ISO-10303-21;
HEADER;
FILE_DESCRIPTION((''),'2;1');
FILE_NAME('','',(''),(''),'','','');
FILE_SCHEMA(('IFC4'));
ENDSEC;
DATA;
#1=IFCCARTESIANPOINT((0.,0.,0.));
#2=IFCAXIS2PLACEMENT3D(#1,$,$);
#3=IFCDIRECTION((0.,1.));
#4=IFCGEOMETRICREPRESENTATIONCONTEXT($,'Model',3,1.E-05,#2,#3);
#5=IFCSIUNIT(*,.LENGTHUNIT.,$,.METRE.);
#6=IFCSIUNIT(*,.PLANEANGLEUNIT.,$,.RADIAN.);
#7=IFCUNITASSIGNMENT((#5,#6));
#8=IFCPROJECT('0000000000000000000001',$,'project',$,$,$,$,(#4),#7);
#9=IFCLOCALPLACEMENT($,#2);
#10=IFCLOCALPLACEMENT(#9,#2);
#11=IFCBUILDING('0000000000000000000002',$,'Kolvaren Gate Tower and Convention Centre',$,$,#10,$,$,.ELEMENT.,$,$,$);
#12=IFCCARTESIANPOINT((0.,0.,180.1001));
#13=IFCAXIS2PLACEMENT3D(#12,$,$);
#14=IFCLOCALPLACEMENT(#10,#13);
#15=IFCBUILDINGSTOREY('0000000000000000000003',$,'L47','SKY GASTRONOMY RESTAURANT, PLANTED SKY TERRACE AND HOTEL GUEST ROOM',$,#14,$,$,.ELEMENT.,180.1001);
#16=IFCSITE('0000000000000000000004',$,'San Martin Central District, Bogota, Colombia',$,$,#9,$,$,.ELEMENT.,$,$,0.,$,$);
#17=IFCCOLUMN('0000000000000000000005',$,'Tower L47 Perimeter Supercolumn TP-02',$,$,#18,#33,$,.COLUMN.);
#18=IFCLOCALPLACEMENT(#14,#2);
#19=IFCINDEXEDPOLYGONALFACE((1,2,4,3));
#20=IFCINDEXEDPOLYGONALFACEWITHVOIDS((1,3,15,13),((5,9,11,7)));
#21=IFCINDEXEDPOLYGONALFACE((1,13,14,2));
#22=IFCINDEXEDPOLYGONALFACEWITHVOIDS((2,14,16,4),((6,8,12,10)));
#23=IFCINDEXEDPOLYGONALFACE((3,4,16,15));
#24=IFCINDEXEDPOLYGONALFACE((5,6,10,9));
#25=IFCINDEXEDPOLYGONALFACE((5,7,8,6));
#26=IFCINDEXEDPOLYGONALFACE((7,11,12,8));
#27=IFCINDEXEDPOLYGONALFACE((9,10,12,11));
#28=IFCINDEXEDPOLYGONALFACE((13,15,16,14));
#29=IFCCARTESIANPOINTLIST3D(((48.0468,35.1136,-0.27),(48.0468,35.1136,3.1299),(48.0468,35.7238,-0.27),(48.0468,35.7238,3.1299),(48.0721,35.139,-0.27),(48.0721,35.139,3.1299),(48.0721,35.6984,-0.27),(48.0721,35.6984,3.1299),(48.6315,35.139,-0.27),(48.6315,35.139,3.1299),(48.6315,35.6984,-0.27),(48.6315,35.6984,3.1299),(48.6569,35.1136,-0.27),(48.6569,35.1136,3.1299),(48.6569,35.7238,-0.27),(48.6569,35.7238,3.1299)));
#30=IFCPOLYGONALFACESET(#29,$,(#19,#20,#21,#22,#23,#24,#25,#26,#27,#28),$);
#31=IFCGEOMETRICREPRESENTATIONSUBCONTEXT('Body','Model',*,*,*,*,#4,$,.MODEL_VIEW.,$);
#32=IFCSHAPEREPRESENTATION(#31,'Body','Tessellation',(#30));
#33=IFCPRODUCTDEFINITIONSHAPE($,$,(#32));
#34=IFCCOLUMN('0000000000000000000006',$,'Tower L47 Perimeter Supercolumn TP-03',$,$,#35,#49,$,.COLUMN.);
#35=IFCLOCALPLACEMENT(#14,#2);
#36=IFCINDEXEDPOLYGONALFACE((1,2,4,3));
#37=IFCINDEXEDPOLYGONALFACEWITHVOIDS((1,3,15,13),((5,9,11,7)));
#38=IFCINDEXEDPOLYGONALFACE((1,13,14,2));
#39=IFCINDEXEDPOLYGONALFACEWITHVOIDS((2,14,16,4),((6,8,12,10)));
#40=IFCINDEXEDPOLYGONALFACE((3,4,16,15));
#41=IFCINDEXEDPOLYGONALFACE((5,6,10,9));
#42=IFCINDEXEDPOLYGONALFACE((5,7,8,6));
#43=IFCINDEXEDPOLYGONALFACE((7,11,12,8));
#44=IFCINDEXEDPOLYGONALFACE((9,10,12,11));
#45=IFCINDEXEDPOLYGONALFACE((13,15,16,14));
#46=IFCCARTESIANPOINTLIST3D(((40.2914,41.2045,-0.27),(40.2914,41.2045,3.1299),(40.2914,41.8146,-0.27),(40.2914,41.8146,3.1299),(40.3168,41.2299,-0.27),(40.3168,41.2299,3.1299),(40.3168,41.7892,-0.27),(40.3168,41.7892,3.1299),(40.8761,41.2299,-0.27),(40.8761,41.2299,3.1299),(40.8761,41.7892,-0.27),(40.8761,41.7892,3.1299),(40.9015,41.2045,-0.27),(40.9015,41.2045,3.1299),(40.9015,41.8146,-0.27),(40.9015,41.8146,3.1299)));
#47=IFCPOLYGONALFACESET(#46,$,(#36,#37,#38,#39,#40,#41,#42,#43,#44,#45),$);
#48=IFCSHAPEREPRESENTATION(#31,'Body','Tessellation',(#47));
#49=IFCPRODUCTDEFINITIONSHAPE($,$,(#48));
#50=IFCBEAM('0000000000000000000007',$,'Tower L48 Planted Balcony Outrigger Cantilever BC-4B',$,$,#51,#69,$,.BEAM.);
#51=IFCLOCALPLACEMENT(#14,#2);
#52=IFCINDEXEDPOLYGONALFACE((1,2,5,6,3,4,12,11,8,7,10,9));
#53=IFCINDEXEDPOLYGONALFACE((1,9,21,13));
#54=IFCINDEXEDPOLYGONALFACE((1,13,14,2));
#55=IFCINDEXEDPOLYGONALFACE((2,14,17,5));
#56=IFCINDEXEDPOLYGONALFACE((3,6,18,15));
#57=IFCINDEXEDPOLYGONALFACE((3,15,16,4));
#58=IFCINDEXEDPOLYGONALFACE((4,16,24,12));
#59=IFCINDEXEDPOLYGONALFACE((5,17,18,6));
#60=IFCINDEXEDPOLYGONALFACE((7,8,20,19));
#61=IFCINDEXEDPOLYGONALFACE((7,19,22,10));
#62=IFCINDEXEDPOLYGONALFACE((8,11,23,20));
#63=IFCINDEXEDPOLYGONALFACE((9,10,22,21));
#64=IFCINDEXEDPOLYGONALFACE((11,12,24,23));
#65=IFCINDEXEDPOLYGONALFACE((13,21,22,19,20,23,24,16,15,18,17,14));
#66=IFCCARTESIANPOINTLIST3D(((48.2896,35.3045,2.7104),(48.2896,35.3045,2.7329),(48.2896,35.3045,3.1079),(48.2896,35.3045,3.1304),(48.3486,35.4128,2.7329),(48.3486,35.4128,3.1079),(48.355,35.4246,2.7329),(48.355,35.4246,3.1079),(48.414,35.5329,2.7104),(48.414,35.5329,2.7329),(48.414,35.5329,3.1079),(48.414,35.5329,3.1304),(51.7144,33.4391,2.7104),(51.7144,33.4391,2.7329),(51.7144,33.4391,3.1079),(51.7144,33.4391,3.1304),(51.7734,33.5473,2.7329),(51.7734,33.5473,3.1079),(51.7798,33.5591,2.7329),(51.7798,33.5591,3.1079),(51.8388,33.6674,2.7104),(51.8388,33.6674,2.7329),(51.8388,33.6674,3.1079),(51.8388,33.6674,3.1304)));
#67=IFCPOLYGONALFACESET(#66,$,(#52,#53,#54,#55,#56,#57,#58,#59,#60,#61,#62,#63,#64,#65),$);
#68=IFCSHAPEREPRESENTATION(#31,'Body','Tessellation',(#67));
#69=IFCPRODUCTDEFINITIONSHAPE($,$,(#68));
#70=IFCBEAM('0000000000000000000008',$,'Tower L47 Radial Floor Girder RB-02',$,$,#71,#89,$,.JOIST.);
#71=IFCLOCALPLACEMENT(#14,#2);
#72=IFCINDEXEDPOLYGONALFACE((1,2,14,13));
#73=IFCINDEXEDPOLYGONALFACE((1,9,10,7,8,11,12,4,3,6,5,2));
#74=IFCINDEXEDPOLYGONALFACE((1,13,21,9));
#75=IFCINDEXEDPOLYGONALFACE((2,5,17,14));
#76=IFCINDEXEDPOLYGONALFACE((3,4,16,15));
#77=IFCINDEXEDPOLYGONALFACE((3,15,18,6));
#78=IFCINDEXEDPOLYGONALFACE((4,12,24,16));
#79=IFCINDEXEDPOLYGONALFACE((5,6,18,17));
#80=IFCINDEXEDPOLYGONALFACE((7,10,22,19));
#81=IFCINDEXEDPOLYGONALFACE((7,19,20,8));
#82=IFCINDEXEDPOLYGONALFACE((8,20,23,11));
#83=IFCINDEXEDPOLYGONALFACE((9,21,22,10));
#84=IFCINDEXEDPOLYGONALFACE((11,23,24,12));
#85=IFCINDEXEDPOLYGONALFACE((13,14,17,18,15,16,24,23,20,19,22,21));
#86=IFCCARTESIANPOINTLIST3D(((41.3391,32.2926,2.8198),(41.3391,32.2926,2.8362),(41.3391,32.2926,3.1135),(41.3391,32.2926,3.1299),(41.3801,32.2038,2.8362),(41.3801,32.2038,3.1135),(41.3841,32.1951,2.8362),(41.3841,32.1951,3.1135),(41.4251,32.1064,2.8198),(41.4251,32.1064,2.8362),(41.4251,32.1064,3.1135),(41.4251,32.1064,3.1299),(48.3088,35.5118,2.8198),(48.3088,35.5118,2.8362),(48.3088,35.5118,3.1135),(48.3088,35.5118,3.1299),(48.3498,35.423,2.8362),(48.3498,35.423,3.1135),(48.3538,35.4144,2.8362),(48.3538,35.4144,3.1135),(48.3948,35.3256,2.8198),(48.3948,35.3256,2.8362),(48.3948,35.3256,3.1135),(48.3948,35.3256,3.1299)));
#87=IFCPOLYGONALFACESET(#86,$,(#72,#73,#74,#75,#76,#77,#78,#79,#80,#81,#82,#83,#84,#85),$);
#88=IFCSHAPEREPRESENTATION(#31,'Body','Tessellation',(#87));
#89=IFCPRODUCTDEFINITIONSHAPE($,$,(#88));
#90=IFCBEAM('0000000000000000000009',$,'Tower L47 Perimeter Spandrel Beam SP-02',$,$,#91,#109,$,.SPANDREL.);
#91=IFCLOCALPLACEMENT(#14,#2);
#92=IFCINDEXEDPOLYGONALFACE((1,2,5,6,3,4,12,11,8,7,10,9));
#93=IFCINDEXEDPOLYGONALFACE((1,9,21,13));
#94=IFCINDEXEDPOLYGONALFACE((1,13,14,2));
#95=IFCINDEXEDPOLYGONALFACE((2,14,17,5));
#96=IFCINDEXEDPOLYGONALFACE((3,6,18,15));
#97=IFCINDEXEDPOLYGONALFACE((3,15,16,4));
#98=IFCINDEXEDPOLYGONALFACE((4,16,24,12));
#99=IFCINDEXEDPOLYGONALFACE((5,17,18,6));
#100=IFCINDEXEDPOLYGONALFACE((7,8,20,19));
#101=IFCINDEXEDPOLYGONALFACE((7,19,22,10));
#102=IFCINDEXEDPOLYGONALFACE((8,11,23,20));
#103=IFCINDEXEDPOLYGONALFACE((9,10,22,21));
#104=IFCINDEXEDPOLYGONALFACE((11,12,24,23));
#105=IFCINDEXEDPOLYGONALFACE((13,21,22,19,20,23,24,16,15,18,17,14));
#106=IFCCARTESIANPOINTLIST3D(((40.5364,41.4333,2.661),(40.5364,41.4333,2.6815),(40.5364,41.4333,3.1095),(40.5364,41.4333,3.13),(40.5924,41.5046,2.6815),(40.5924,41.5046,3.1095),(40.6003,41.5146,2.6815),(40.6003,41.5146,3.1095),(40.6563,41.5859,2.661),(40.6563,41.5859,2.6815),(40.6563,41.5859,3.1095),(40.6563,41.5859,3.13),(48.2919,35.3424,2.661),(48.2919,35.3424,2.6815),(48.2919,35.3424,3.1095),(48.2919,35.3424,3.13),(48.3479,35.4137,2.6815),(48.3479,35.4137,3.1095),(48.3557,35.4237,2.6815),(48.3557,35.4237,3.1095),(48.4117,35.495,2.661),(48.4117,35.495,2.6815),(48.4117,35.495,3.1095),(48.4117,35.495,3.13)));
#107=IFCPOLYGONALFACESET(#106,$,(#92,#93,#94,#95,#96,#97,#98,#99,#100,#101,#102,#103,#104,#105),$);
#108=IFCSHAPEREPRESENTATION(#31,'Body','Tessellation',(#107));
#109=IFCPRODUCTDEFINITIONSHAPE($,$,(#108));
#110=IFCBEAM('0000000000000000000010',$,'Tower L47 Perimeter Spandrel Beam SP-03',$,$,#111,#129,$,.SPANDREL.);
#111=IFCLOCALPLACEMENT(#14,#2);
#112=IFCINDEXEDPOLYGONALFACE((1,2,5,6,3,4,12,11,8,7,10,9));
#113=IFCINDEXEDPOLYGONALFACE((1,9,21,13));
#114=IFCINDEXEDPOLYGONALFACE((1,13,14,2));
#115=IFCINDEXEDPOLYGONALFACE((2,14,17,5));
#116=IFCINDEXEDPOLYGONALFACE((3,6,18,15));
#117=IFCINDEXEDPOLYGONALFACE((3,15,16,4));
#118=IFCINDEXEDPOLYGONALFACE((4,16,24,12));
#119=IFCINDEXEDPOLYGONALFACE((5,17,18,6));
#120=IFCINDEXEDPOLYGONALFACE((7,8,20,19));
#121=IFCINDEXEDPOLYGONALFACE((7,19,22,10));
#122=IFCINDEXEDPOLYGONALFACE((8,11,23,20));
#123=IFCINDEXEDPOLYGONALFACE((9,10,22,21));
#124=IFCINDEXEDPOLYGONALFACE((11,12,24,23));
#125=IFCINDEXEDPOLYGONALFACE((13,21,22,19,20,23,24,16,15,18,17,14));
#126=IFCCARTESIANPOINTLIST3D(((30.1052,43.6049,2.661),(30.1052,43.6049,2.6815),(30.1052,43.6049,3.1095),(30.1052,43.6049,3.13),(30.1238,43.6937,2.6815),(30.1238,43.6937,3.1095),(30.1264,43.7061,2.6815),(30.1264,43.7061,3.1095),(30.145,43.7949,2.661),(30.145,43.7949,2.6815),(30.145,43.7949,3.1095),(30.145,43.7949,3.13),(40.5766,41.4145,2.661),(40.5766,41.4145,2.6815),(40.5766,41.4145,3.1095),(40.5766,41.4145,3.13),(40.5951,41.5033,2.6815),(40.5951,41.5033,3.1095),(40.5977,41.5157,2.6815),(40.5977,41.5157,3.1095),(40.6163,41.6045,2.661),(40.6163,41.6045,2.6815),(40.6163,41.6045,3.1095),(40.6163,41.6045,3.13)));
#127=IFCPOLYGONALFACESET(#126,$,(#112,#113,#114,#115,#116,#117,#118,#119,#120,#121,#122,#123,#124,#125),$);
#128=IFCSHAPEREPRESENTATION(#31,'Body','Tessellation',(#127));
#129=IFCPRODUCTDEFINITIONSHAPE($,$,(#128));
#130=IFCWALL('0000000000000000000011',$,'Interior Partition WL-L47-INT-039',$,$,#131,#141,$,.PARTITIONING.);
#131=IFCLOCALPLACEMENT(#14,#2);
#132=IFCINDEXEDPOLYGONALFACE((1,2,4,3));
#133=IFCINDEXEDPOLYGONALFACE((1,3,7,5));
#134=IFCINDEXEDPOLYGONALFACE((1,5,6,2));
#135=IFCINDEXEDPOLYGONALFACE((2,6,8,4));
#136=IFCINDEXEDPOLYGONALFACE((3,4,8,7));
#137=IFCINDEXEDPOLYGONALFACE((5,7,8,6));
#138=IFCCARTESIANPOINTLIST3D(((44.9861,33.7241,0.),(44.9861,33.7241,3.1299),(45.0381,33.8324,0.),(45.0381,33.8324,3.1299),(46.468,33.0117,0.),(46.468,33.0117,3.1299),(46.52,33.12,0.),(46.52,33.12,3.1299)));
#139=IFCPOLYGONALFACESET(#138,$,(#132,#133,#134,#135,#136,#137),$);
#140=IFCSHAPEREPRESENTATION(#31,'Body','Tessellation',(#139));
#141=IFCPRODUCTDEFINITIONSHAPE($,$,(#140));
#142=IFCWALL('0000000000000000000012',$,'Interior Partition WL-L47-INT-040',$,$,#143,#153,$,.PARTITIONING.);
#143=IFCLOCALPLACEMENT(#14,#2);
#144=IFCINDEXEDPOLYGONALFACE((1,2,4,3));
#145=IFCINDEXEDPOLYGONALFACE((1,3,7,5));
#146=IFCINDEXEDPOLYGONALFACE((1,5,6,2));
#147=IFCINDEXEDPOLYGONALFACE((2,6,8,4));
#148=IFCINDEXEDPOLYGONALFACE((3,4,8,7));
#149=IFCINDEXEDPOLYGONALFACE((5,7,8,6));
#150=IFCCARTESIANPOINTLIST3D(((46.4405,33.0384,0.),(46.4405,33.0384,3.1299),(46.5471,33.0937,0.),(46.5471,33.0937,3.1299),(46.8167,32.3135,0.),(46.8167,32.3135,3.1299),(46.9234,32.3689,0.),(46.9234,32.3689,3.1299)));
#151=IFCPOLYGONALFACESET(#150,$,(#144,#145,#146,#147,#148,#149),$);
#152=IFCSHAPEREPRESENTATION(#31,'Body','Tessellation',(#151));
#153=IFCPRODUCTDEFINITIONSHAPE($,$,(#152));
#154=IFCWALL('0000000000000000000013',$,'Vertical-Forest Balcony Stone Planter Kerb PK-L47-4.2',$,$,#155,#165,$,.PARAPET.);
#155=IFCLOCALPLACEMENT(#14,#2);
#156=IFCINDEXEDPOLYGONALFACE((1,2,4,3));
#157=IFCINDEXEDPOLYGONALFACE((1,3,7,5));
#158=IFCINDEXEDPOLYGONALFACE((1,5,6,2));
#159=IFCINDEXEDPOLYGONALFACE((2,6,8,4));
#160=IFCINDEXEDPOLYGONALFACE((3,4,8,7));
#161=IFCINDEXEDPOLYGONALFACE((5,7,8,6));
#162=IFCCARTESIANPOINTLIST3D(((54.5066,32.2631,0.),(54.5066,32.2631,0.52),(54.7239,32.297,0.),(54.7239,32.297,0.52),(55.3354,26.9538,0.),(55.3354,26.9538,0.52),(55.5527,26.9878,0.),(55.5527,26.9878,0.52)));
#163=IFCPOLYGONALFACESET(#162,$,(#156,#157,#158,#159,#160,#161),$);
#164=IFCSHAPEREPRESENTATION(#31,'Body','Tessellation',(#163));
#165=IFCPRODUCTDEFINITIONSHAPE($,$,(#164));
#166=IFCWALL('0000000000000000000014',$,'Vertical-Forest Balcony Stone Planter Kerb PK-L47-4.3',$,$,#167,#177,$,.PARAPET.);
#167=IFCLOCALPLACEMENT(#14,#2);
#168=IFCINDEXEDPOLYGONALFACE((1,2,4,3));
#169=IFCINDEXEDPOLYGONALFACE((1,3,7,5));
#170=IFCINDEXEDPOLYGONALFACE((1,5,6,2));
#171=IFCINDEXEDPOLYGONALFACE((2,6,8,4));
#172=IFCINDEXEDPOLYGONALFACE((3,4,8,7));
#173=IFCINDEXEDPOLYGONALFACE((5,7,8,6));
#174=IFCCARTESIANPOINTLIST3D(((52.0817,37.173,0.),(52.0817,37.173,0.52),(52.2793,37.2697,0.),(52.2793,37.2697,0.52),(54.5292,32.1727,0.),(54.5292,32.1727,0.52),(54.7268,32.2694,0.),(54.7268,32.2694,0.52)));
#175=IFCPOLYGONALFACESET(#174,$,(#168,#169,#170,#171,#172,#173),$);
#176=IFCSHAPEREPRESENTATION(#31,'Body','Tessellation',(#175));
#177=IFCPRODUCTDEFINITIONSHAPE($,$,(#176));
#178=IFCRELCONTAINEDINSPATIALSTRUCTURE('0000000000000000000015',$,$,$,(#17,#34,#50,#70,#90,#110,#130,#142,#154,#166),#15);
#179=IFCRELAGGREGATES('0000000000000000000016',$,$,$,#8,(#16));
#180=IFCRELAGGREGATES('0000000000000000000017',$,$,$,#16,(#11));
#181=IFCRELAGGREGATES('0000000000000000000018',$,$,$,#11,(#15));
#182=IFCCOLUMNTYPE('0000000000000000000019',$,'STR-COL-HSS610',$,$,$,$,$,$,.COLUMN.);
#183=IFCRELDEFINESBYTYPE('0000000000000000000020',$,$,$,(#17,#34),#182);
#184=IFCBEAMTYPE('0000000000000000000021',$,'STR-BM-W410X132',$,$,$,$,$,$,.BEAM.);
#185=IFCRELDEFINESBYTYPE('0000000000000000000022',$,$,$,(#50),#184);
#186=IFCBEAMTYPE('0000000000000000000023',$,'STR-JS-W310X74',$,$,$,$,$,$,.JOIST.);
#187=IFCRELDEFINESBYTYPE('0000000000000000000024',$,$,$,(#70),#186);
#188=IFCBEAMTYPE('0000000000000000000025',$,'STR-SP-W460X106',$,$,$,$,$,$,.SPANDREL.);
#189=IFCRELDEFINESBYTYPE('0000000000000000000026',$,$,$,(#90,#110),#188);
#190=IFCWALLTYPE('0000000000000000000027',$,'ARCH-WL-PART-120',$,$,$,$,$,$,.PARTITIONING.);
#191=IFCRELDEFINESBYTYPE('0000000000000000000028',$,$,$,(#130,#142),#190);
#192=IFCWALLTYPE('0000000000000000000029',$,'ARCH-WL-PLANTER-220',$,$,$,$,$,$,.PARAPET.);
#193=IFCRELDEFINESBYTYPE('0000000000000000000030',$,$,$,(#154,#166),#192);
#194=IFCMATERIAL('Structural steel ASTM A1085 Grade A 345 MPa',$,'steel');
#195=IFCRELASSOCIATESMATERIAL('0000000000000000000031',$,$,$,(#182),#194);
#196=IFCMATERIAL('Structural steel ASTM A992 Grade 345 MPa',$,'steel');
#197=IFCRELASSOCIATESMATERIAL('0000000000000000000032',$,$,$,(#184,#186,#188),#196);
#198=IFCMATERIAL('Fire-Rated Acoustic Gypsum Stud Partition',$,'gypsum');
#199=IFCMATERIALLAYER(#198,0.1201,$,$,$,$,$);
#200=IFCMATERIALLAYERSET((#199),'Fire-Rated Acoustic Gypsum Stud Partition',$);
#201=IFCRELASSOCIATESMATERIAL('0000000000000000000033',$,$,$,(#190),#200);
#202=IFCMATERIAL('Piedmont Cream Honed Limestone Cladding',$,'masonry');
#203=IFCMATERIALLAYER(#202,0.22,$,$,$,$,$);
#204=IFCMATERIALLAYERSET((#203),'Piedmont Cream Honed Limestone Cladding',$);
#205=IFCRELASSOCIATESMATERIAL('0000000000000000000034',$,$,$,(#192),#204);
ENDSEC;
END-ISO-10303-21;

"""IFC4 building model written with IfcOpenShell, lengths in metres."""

from ifc_helpers import new_model, si_unit, direction, frame, frame_2d, origin, origin_2d, place, context, subcontext, project, spatial, rectangle, hollow_rectangle, i_section, extrude, material, layer, layer_set, material_profile, profile_set, type_object, element, save


model = new_model("IFC4")

# Units and contexts
model_context = context("Model", 3, precision=1e-05, world=origin(), true_north=direction((0.0, 1.0)))
body_context = subcontext(model_context, "Body", "Model", "MODEL_VIEW")
ifc_project = project(units=[si_unit("LENGTHUNIT", "METRE"), si_unit("PLANEANGLEUNIT", "RADIAN")], contexts=[model_context])

# Site, building, storey
site_placement = place(None, origin())
site = spatial("IfcSite", under=ifc_project, at=site_placement, Name="San Martin Central District, Bogota, Colombia", CompositionType="ELEMENT", RefElevation=0.0)
building_placement = place(site_placement, origin())
building = spatial("IfcBuilding", under=site, at=building_placement, Name="Kolvaren Gate Tower and Convention Centre", CompositionType="ELEMENT")
storey_placement = place(building_placement, frame((0.0, 0.0, 180.1001)))
storey = spatial("IfcBuildingStorey", under=building, at=storey_placement, Name="L47", Description="SKY GASTRONOMY RESTAURANT, PLANTED SKY TERRACE AND HOTEL GUEST ROOM", CompositionType="ELEMENT", Elevation=180.1001)

# Columns
ifc_material_1 = material(Name="Structural steel ASTM A1085 Grade A 345 MPa", Category="steel")
ifc_material_profile_1 = material_profile(ifc_material_1, hollow_rectangle(XDim=0.6101, YDim=0.6101, WallThickness=0.0254, at=origin_2d()), Name="HSS610X610X25.4")
ifc_profile_set_1 = profile_set([ifc_material_profile_1], Name="Structural steel ASTM A1085 Grade A 345 MPa")
column_type = type_object("IfcColumnType", Name="STR-COL-HSS610", PredefinedType="COLUMN", material=ifc_profile_set_1)
for number, where, z_axis, x_axis, name in (
    (1, (48.3518, 35.4187, -0.27), (0.0, 0.0, 1.0), (1.0, 0.0, 0.0), "Tower L47 Perimeter Supercolumn TP-02"),
    (2, (40.5964, 41.5095, -0.27), (0.0, 0.0, 1.0), (1.0, 0.0, 0.0), "Tower L47 Perimeter Supercolumn TP-03"),
):
    element("IfcColumn", number, at=place(storey_placement, frame(where, z_axis=z_axis, x_axis=x_axis)), inside=storey, type_object=column_type, Name=name, PredefinedType="COLUMN", context=body_context, shape_type="SweptSolid", body=[
        extrude(hollow_rectangle(XDim=0.6101, YDim=0.6101, WallThickness=0.0254, at=origin_2d()), origin(), (0.0, 0.0, 1.0), 3.3999),
    ])

# Beams
ifc_material_2 = material(Name="Structural steel ASTM A992 Grade 345 MPa", Category="steel")
ifc_material_profile_2 = material_profile(ifc_material_2, i_section(OverallWidth=0.26, OverallDepth=0.4199, WebThickness=0.0134, FlangeThickness=0.0225, at=origin_2d()), Name="W410X132")
ifc_profile_set_2 = profile_set([ifc_material_profile_2], Name="Structural steel ASTM A992 Grade 345 MPa")
beam_type_1 = type_object("IfcBeamType", Name="STR-BM-W410X132", PredefinedType="BEAM", material=ifc_profile_set_2)
beam_1_placement = place(storey_placement, frame((48.3518, 35.4187, 2.9204), z_axis=(0.878175, -0.478339, 0.0), x_axis=(0.478339, 0.878175, 0.0)))
element("IfcBeam", 3, at=beam_1_placement, inside=storey, type_object=beam_type_1, Name="Tower L48 Planted Balcony Outrigger Cantilever BC-4B", PredefinedType="BEAM", context=body_context, shape_type="SweptSolid", body=[
    extrude(i_section(OverallWidth=0.26, OverallDepth=0.4199, WebThickness=0.0134, FlangeThickness=0.0225, at=origin_2d()), origin(), (0.0, 0.0, 1.0), 3.8999),
])
ifc_material_profile_3 = material_profile(ifc_material_2, i_section(OverallWidth=0.2051, OverallDepth=0.3101, WebThickness=0.0095, FlangeThickness=0.0164, at=origin_2d()), Name="W310X74")
ifc_profile_set_3 = profile_set([ifc_material_profile_3], Name="Structural steel ASTM A992 Grade 345 MPa")
beam_type_2 = type_object("IfcBeamType", Name="STR-JS-W310X74", PredefinedType="JOIST", material=ifc_profile_set_3)
beam_2_placement = place(storey_placement, frame((41.3821, 32.1995, 2.9749), z_axis=(0.907838, 0.41932, 0.0), x_axis=(-0.41932, 0.907838, 0.0)))
element("IfcBeam", 4, at=beam_2_placement, inside=storey, type_object=beam_type_2, Name="Tower L47 Radial Floor Girder RB-02", PredefinedType="JOIST", context=body_context, shape_type="SweptSolid", body=[
    extrude(i_section(OverallWidth=0.2051, OverallDepth=0.3101, WebThickness=0.0095, FlangeThickness=0.0164, at=origin_2d()), origin(), (0.0, 0.0, 1.0), 7.6772),
])
ifc_material_profile_4 = material_profile(ifc_material_2, i_section(OverallWidth=0.1941, OverallDepth=0.469, WebThickness=0.0127, FlangeThickness=0.0205, at=origin_2d()), Name="W460X106")
ifc_profile_set_4 = profile_set([ifc_material_profile_4], Name="Structural steel ASTM A992 Grade 345 MPa")
beam_type_3 = type_object("IfcBeamType", Name="STR-SP-W460X106", PredefinedType="SPANDREL", material=ifc_profile_set_4)
beam_3_placement = place(storey_placement, frame((48.3518, 35.4187, 2.8955), z_axis=(-0.786451, 0.617653, 0.0), x_axis=(-0.617653, -0.786451, 0.0)))
element("IfcBeam", 5, at=beam_3_placement, inside=storey, type_object=beam_type_3, Name="Tower L47 Perimeter Spandrel Beam SP-02", PredefinedType="SPANDREL", context=body_context, shape_type="SweptSolid", body=[
    extrude(i_section(OverallWidth=0.1941, OverallDepth=0.469, WebThickness=0.0127, FlangeThickness=0.0205, at=origin_2d()), origin(), (0.0, 0.0, 1.0), 9.8613),
])
beam_4_placement = place(storey_placement, frame((40.5964, 41.5095, 2.8955), z_axis=(-0.978814, 0.20475, 0.0), x_axis=(-0.20475, -0.978814, 0.0)))
element("IfcBeam", 6, at=beam_4_placement, inside=storey, type_object=beam_type_3, Name="Tower L47 Perimeter Spandrel Beam SP-03", PredefinedType="SPANDREL", context=body_context, shape_type="SweptSolid", body=[
    extrude(i_section(OverallWidth=0.1941, OverallDepth=0.469, WebThickness=0.0127, FlangeThickness=0.0205, at=origin_2d()), origin(), (0.0, 0.0, 1.0), 10.698),
])

# Walls
ifc_material_3 = material(Name="Fire-Rated Acoustic Gypsum Stud Partition", Category="gypsum")
ifc_layer_1 = layer(ifc_material_3, 0.1201)
ifc_layer_set_1 = layer_set([ifc_layer_1], Name="Fire-Rated Acoustic Gypsum Stud Partition")
wall_type_1 = type_object("IfcWallType", Name="ARCH-WL-PART-120", PredefinedType="PARTITIONING", material=ifc_layer_set_1)
wall_1_placement = place(storey_placement, frame((45.012, 33.7783, 0.0), z_axis=(0.0, 0.0, 1.0), x_axis=(0.901268, -0.433262, 0.0)))
element("IfcWall", 7, at=wall_1_placement, inside=storey, type_object=wall_type_1, Name="Interior Partition WL-L47-INT-039", PredefinedType="PARTITIONING", context=body_context, shape_type="SweptSolid", body=[
    extrude(rectangle(XDim=1.6443, YDim=0.1201, at=frame_2d((0.8223, 0.0))), origin(), (0.0, 0.0, 1.0), 3.1299),
])
wall_2_placement = place(storey_placement, frame((46.4939, 33.0659, 0.0), z_axis=(0.0, 0.0, 1.0), x_axis=(0.460675, -0.887569, 0.0)))
element("IfcWall", 8, at=wall_2_placement, inside=storey, type_object=wall_type_1, Name="Interior Partition WL-L47-INT-040", PredefinedType="PARTITIONING", context=body_context, shape_type="SweptSolid", body=[
    extrude(rectangle(XDim=0.8167, YDim=0.1201, at=frame_2d((0.4082, 0.0))), origin(), (0.0, 0.0, 1.0), 3.1299),
])
ifc_material_4 = material(Name="Piedmont Cream Honed Limestone Cladding", Category="masonry")
ifc_layer_2 = layer(ifc_material_4, 0.22)
ifc_layer_set_2 = layer_set([ifc_layer_2], Name="Piedmont Cream Honed Limestone Cladding")
wall_type_2 = type_object("IfcWallType", Name="ARCH-WL-PLANTER-220", PredefinedType="PARAPET", material=ifc_layer_set_2)
wall_3_placement = place(storey_placement, frame((54.6152, 32.28, 0.0), z_axis=(0.0, 0.0, 1.0), x_axis=(0.154245, -0.988033, 0.0)))
element("IfcWall", 9, at=wall_3_placement, inside=storey, type_object=wall_type_2, Name="Vertical-Forest Balcony Stone Planter Kerb PK-L47-4.2", PredefinedType="PARAPET", context=body_context, shape_type="SweptSolid", body=[
    extrude(rectangle(XDim=5.3735, YDim=0.22, at=frame_2d((2.6868, 0.0))), origin(), (0.0, 0.0, 1.0), 0.52),
])
wall_4_placement = place(storey_placement, frame((52.1804, 37.2214, 0.0), z_axis=(0.0, 0.0, 1.0), x_axis=(0.439637, -0.898175, 0.0)))
element("IfcWall", 10, at=wall_4_placement, inside=storey, type_object=wall_type_2, Name="Vertical-Forest Balcony Stone Planter Kerb PK-L47-4.3", PredefinedType="PARAPET", context=body_context, shape_type="SweptSolid", body=[
    extrude(rectangle(XDim=5.5671, YDim=0.22, at=frame_2d((2.7837, 0.0))), origin(), (0.0, 0.0, 1.0), 0.52),
])

save(model, "model.ifc")
